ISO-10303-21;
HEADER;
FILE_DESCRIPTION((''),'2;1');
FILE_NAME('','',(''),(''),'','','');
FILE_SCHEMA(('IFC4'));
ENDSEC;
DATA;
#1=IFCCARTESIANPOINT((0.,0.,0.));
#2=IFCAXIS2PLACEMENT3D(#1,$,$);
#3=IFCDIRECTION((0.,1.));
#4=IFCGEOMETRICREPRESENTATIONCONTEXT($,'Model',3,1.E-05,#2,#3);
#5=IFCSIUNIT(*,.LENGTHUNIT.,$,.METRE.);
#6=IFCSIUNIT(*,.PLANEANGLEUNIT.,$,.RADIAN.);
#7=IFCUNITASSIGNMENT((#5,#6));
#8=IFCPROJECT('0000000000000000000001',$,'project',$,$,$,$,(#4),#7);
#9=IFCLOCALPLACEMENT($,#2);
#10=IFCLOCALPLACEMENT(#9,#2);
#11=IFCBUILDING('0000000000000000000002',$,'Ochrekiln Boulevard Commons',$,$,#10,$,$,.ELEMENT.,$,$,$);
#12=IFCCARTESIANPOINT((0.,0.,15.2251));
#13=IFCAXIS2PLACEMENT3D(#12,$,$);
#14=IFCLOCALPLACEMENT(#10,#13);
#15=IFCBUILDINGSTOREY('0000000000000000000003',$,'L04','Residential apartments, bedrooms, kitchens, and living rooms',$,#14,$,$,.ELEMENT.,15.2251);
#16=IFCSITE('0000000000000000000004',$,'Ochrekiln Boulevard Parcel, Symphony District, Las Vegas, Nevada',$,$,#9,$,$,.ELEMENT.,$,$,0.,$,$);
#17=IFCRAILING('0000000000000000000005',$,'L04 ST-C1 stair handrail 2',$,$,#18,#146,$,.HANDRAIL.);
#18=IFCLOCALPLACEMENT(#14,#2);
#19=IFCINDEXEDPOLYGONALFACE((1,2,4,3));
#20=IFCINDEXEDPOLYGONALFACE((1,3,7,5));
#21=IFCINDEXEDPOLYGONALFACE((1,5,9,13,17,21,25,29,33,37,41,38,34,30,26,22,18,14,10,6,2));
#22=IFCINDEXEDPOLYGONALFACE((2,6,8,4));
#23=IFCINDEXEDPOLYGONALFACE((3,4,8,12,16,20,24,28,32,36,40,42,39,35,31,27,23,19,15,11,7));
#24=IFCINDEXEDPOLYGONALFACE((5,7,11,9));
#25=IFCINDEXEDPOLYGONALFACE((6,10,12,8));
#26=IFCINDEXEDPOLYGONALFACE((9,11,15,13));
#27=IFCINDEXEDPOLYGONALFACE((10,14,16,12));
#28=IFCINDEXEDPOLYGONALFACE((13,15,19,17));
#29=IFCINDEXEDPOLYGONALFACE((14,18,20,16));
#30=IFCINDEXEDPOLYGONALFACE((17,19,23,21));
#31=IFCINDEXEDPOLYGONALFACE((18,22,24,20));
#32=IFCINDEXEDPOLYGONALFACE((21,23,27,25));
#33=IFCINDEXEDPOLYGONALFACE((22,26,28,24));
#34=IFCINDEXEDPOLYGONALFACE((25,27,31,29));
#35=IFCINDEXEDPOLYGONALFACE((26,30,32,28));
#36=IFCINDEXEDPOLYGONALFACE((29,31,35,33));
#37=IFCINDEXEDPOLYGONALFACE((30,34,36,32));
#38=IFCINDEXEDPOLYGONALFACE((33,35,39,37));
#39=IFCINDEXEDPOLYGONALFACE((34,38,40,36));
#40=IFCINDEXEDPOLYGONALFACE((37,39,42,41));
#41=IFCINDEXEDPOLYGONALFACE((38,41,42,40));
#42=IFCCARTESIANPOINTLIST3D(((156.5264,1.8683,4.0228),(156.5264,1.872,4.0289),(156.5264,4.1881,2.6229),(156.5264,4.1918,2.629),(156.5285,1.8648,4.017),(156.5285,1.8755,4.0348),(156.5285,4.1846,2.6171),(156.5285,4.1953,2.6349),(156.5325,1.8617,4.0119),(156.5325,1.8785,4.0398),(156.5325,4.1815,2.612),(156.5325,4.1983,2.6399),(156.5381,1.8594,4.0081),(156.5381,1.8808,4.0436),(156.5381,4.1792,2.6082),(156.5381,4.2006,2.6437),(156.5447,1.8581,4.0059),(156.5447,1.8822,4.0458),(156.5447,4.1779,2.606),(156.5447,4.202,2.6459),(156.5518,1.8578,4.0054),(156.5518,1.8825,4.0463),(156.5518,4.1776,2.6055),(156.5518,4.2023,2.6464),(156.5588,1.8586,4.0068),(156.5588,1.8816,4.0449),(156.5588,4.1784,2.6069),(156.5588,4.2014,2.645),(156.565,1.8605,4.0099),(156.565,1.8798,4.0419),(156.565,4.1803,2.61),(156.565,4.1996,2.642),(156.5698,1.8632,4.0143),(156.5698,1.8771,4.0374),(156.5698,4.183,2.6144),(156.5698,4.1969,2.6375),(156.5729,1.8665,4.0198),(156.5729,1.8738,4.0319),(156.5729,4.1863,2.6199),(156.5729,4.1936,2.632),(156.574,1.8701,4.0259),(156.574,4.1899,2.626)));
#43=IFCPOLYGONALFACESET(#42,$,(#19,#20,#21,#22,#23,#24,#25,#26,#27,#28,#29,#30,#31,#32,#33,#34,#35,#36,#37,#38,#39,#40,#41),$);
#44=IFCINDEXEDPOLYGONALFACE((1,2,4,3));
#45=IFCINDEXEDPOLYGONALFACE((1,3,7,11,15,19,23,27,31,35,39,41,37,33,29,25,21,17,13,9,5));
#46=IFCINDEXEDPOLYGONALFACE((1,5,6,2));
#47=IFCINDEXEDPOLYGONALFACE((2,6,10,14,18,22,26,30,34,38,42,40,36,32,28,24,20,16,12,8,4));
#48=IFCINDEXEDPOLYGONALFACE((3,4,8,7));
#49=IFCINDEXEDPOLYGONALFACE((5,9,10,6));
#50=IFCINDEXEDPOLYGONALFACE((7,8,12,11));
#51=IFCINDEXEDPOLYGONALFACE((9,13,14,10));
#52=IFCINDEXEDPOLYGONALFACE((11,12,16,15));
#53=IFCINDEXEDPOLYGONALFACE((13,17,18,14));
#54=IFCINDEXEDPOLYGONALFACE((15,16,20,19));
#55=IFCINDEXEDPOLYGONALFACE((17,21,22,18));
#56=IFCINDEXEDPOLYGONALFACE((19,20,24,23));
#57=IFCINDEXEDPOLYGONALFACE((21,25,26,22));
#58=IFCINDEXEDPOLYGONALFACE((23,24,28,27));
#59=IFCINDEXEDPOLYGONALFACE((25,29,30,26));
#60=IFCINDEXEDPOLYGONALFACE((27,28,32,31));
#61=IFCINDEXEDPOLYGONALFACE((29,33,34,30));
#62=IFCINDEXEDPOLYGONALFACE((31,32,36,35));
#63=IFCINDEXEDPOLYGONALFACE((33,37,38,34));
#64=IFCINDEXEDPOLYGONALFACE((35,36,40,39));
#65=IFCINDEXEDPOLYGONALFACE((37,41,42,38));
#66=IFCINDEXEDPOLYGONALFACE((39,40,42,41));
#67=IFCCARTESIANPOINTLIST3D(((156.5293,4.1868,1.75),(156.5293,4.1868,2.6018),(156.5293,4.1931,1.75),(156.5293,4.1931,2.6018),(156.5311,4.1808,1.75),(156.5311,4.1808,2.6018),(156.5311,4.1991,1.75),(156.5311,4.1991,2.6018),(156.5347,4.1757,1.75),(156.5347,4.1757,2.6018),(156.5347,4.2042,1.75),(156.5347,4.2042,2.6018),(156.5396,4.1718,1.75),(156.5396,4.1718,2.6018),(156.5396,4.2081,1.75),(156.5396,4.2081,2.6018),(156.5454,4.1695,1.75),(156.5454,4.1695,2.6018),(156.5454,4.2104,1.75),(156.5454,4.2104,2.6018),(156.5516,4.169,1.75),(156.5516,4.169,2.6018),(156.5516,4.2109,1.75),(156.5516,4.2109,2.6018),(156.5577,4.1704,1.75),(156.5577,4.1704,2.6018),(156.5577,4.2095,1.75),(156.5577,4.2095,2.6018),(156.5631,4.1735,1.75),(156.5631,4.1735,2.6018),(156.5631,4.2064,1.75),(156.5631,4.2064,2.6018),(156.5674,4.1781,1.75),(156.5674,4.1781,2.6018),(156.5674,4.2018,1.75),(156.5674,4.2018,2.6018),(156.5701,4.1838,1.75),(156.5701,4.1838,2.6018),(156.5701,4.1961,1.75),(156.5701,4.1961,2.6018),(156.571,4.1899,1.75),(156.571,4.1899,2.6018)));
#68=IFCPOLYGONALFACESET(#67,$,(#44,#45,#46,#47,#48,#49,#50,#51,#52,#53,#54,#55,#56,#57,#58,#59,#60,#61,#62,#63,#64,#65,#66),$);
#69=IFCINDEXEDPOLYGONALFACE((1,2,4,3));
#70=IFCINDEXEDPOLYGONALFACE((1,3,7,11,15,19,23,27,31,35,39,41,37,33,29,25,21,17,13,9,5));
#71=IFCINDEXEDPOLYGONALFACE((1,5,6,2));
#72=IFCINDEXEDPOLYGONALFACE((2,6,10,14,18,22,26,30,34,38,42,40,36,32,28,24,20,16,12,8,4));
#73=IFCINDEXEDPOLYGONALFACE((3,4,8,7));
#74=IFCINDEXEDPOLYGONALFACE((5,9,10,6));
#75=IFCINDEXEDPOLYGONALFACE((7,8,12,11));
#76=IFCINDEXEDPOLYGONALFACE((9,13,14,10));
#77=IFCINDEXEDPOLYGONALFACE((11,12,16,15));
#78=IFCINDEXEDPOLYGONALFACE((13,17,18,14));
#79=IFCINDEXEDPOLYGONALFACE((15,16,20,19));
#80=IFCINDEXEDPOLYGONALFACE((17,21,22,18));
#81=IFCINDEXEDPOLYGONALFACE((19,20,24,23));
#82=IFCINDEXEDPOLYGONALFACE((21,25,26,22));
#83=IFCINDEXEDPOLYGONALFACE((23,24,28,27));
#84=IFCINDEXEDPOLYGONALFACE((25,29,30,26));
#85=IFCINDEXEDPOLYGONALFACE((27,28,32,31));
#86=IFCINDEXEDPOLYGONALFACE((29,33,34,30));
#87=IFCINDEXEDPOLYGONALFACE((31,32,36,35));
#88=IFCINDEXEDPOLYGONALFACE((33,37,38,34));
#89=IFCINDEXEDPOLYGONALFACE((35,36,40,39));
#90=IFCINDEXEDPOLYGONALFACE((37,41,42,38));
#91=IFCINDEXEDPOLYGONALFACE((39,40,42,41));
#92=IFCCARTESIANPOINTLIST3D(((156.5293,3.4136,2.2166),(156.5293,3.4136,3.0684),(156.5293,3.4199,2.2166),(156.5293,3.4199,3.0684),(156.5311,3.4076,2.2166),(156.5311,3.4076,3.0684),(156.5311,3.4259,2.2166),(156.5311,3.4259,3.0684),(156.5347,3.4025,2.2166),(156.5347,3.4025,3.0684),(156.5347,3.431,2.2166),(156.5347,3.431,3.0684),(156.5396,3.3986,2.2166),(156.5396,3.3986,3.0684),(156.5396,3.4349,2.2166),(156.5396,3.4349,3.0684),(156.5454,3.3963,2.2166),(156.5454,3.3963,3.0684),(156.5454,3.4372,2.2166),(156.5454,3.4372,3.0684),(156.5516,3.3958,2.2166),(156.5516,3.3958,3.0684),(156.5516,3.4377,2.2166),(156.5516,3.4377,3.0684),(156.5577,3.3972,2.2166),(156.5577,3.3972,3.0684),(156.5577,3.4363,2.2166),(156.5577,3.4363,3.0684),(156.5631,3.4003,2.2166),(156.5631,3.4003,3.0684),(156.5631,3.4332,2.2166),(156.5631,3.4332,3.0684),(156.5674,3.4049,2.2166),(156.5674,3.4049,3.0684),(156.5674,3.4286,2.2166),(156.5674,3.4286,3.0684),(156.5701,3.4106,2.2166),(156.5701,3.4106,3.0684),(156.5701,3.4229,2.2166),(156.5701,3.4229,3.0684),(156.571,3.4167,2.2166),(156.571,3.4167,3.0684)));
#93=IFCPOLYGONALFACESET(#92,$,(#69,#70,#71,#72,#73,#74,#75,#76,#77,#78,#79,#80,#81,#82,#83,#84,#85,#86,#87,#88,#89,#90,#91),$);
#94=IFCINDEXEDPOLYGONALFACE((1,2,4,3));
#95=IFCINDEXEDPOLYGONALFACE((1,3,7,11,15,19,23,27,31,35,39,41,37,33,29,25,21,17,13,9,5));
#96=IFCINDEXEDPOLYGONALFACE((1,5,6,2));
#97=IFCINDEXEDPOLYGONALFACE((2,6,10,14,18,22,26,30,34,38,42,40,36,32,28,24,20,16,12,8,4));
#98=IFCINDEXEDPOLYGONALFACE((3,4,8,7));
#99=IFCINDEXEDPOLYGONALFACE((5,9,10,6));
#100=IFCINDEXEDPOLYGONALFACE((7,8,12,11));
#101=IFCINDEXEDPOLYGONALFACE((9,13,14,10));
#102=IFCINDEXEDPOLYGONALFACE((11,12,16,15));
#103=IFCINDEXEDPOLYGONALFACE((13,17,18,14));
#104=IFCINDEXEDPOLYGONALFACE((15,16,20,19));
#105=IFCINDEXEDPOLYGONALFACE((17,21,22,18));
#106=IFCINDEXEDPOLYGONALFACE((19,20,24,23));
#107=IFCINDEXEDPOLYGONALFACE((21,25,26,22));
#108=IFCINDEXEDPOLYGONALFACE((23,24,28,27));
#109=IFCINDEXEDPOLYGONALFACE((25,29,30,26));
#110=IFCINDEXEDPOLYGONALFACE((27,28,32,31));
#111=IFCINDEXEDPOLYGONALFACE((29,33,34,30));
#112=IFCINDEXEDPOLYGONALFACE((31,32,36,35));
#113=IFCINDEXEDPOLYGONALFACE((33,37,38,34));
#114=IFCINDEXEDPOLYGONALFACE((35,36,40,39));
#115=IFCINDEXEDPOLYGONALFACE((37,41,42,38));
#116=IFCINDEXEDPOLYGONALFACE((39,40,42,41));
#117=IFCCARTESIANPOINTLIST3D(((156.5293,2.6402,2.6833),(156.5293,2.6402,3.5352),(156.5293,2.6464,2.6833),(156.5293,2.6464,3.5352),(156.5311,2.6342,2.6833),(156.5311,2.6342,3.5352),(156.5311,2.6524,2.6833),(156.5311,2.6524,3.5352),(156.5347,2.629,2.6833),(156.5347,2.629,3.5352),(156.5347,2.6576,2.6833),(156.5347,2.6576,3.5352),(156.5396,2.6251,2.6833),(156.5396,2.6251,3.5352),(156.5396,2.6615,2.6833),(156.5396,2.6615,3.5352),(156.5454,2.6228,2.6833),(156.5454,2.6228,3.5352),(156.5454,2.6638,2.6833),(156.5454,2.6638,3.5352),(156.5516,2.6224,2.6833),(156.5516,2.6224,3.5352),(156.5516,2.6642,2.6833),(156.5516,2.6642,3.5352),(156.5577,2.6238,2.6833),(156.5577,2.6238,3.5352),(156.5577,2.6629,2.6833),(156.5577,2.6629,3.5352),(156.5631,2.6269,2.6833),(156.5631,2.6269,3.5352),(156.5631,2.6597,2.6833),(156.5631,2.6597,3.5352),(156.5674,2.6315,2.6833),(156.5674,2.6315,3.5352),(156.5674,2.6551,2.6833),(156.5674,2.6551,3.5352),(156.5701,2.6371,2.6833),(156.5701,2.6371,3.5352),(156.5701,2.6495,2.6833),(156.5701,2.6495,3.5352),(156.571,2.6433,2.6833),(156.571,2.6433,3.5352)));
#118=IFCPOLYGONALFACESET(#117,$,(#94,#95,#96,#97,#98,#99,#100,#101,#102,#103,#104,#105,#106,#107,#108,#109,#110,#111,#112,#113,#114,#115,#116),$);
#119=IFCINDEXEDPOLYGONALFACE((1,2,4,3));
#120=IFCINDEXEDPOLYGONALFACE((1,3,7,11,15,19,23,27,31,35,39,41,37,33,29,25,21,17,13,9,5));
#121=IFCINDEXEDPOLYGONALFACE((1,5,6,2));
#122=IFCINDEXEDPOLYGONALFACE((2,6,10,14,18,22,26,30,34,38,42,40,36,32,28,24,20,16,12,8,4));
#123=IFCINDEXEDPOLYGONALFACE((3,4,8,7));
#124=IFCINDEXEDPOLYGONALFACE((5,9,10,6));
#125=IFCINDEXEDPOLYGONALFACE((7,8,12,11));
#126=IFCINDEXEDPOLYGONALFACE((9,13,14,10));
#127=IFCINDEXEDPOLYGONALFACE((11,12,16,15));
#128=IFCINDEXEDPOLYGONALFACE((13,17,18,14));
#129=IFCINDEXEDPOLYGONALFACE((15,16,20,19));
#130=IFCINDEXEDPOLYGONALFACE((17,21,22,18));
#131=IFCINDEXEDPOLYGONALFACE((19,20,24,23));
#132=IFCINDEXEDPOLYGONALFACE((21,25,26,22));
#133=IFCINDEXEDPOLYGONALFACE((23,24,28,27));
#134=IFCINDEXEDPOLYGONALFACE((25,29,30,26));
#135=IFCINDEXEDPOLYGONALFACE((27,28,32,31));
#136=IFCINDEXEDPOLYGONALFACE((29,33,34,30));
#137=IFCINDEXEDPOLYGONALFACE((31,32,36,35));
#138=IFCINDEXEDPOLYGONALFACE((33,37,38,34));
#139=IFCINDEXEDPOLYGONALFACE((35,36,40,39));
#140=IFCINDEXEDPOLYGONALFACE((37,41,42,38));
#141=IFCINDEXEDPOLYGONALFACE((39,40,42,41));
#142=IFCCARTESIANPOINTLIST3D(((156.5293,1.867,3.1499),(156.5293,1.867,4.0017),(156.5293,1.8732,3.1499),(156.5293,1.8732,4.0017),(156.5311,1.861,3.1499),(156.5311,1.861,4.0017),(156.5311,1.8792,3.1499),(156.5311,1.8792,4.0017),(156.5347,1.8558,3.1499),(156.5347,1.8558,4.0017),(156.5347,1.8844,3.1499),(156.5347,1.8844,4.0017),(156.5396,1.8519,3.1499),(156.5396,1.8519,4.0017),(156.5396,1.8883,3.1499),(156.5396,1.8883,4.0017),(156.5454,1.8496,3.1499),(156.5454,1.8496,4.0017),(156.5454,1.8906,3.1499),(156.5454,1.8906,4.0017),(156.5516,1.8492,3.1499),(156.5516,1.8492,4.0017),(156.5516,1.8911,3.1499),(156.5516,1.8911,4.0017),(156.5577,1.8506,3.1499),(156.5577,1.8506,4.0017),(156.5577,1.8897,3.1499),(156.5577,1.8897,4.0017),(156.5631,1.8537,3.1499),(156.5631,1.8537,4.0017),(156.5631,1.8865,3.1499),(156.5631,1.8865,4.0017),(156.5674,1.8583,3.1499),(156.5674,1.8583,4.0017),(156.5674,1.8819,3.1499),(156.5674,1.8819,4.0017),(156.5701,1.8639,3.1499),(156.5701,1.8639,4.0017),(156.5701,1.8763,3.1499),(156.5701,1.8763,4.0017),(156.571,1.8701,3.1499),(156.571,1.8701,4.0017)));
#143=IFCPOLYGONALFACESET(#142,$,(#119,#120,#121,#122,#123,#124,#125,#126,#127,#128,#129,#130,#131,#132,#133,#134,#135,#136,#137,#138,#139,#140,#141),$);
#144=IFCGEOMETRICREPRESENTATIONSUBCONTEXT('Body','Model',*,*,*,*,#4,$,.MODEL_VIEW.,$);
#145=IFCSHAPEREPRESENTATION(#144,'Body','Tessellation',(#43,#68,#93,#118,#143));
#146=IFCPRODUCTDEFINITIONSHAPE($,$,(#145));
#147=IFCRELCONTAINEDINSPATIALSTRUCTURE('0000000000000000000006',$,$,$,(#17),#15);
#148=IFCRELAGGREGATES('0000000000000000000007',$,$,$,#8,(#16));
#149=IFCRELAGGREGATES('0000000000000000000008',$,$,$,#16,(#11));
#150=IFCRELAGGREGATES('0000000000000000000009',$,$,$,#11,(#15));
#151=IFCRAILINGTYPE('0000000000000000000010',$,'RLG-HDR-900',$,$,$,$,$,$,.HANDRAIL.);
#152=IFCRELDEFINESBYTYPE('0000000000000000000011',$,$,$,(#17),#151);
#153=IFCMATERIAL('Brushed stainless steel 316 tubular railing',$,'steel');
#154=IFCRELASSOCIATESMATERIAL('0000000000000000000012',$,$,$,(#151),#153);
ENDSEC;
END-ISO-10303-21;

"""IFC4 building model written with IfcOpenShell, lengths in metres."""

from ifc_helpers import new_model, si_unit, direction, frame, origin, origin_2d, place, context, subcontext, project, spatial, circle, extrude, material, type_object, element, save


model = new_model("IFC4")

# Units and contexts
model_context = context("Model", 3, precision=1e-05, world=origin(), true_north=direction((0.0, 1.0)))
body_context = subcontext(model_context, "Body", "Model", "MODEL_VIEW")
ifc_project = project(units=[si_unit("LENGTHUNIT", "METRE"), si_unit("PLANEANGLEUNIT", "RADIAN")], contexts=[model_context])

# Site, building, storey
site_placement = place(None, origin())
site = spatial("IfcSite", under=ifc_project, at=site_placement, Name="Ochrekiln Boulevard Parcel, Symphony District, Las Vegas, Nevada", CompositionType="ELEMENT", RefElevation=0.0)
building_placement = place(site_placement, origin())
building = spatial("IfcBuilding", under=site, at=building_placement, Name="Ochrekiln Boulevard Commons", CompositionType="ELEMENT")
storey_placement = place(building_placement, frame((0.0, 0.0, 15.2251)))
storey = spatial("IfcBuildingStorey", under=building, at=storey_placement, Name="L04", Description="Residential apartments, bedrooms, kitchens, and living rooms", CompositionType="ELEMENT", Elevation=15.2251)

# Railing
ifc_material_1 = material(Name="Brushed stainless steel 316 tubular railing", Category="steel")
railing_type_1 = type_object("IfcRailingType", Name="RLG-HDR-900", PredefinedType="HANDRAIL", material=ifc_material_1)
railing_1_placement = place(storey_placement, frame((156.55, 4.1899, 1.75)))
element("IfcRailing", 1, at=railing_1_placement, inside=storey, type_object=railing_type_1, Name="L04 ST-C1 stair handrail 2", PredefinedType="HANDRAIL", context=body_context, shape_type="SweptSolid", body=[
    extrude(circle(Radius=0.0239, at=origin_2d()), frame((0.0, 0.0, 0.876), z_axis=(0.0, -0.856186, 0.516667), x_axis=(1.0, 0.0, 0.0)), (0.0, 0.0, 1.0), 2.7095),
    extrude(circle(Radius=0.021, at=origin_2d()), origin(), (0.0, 0.0, 1.0), 0.8518),
    extrude(circle(Radius=0.021, at=origin_2d()), frame((0.0, -0.7732, 0.4666)), (0.0, 0.0, 1.0), 0.8518),
    extrude(circle(Radius=0.021, at=origin_2d()), frame((0.0, -1.5466, 0.9333)), (0.0, 0.0, 1.0), 0.8518),
    extrude(circle(Radius=0.021, at=origin_2d()), frame((0.0, -2.3198, 1.3999)), (0.0, 0.0, 1.0), 0.8518),
])

save(model, "model.ifc")
